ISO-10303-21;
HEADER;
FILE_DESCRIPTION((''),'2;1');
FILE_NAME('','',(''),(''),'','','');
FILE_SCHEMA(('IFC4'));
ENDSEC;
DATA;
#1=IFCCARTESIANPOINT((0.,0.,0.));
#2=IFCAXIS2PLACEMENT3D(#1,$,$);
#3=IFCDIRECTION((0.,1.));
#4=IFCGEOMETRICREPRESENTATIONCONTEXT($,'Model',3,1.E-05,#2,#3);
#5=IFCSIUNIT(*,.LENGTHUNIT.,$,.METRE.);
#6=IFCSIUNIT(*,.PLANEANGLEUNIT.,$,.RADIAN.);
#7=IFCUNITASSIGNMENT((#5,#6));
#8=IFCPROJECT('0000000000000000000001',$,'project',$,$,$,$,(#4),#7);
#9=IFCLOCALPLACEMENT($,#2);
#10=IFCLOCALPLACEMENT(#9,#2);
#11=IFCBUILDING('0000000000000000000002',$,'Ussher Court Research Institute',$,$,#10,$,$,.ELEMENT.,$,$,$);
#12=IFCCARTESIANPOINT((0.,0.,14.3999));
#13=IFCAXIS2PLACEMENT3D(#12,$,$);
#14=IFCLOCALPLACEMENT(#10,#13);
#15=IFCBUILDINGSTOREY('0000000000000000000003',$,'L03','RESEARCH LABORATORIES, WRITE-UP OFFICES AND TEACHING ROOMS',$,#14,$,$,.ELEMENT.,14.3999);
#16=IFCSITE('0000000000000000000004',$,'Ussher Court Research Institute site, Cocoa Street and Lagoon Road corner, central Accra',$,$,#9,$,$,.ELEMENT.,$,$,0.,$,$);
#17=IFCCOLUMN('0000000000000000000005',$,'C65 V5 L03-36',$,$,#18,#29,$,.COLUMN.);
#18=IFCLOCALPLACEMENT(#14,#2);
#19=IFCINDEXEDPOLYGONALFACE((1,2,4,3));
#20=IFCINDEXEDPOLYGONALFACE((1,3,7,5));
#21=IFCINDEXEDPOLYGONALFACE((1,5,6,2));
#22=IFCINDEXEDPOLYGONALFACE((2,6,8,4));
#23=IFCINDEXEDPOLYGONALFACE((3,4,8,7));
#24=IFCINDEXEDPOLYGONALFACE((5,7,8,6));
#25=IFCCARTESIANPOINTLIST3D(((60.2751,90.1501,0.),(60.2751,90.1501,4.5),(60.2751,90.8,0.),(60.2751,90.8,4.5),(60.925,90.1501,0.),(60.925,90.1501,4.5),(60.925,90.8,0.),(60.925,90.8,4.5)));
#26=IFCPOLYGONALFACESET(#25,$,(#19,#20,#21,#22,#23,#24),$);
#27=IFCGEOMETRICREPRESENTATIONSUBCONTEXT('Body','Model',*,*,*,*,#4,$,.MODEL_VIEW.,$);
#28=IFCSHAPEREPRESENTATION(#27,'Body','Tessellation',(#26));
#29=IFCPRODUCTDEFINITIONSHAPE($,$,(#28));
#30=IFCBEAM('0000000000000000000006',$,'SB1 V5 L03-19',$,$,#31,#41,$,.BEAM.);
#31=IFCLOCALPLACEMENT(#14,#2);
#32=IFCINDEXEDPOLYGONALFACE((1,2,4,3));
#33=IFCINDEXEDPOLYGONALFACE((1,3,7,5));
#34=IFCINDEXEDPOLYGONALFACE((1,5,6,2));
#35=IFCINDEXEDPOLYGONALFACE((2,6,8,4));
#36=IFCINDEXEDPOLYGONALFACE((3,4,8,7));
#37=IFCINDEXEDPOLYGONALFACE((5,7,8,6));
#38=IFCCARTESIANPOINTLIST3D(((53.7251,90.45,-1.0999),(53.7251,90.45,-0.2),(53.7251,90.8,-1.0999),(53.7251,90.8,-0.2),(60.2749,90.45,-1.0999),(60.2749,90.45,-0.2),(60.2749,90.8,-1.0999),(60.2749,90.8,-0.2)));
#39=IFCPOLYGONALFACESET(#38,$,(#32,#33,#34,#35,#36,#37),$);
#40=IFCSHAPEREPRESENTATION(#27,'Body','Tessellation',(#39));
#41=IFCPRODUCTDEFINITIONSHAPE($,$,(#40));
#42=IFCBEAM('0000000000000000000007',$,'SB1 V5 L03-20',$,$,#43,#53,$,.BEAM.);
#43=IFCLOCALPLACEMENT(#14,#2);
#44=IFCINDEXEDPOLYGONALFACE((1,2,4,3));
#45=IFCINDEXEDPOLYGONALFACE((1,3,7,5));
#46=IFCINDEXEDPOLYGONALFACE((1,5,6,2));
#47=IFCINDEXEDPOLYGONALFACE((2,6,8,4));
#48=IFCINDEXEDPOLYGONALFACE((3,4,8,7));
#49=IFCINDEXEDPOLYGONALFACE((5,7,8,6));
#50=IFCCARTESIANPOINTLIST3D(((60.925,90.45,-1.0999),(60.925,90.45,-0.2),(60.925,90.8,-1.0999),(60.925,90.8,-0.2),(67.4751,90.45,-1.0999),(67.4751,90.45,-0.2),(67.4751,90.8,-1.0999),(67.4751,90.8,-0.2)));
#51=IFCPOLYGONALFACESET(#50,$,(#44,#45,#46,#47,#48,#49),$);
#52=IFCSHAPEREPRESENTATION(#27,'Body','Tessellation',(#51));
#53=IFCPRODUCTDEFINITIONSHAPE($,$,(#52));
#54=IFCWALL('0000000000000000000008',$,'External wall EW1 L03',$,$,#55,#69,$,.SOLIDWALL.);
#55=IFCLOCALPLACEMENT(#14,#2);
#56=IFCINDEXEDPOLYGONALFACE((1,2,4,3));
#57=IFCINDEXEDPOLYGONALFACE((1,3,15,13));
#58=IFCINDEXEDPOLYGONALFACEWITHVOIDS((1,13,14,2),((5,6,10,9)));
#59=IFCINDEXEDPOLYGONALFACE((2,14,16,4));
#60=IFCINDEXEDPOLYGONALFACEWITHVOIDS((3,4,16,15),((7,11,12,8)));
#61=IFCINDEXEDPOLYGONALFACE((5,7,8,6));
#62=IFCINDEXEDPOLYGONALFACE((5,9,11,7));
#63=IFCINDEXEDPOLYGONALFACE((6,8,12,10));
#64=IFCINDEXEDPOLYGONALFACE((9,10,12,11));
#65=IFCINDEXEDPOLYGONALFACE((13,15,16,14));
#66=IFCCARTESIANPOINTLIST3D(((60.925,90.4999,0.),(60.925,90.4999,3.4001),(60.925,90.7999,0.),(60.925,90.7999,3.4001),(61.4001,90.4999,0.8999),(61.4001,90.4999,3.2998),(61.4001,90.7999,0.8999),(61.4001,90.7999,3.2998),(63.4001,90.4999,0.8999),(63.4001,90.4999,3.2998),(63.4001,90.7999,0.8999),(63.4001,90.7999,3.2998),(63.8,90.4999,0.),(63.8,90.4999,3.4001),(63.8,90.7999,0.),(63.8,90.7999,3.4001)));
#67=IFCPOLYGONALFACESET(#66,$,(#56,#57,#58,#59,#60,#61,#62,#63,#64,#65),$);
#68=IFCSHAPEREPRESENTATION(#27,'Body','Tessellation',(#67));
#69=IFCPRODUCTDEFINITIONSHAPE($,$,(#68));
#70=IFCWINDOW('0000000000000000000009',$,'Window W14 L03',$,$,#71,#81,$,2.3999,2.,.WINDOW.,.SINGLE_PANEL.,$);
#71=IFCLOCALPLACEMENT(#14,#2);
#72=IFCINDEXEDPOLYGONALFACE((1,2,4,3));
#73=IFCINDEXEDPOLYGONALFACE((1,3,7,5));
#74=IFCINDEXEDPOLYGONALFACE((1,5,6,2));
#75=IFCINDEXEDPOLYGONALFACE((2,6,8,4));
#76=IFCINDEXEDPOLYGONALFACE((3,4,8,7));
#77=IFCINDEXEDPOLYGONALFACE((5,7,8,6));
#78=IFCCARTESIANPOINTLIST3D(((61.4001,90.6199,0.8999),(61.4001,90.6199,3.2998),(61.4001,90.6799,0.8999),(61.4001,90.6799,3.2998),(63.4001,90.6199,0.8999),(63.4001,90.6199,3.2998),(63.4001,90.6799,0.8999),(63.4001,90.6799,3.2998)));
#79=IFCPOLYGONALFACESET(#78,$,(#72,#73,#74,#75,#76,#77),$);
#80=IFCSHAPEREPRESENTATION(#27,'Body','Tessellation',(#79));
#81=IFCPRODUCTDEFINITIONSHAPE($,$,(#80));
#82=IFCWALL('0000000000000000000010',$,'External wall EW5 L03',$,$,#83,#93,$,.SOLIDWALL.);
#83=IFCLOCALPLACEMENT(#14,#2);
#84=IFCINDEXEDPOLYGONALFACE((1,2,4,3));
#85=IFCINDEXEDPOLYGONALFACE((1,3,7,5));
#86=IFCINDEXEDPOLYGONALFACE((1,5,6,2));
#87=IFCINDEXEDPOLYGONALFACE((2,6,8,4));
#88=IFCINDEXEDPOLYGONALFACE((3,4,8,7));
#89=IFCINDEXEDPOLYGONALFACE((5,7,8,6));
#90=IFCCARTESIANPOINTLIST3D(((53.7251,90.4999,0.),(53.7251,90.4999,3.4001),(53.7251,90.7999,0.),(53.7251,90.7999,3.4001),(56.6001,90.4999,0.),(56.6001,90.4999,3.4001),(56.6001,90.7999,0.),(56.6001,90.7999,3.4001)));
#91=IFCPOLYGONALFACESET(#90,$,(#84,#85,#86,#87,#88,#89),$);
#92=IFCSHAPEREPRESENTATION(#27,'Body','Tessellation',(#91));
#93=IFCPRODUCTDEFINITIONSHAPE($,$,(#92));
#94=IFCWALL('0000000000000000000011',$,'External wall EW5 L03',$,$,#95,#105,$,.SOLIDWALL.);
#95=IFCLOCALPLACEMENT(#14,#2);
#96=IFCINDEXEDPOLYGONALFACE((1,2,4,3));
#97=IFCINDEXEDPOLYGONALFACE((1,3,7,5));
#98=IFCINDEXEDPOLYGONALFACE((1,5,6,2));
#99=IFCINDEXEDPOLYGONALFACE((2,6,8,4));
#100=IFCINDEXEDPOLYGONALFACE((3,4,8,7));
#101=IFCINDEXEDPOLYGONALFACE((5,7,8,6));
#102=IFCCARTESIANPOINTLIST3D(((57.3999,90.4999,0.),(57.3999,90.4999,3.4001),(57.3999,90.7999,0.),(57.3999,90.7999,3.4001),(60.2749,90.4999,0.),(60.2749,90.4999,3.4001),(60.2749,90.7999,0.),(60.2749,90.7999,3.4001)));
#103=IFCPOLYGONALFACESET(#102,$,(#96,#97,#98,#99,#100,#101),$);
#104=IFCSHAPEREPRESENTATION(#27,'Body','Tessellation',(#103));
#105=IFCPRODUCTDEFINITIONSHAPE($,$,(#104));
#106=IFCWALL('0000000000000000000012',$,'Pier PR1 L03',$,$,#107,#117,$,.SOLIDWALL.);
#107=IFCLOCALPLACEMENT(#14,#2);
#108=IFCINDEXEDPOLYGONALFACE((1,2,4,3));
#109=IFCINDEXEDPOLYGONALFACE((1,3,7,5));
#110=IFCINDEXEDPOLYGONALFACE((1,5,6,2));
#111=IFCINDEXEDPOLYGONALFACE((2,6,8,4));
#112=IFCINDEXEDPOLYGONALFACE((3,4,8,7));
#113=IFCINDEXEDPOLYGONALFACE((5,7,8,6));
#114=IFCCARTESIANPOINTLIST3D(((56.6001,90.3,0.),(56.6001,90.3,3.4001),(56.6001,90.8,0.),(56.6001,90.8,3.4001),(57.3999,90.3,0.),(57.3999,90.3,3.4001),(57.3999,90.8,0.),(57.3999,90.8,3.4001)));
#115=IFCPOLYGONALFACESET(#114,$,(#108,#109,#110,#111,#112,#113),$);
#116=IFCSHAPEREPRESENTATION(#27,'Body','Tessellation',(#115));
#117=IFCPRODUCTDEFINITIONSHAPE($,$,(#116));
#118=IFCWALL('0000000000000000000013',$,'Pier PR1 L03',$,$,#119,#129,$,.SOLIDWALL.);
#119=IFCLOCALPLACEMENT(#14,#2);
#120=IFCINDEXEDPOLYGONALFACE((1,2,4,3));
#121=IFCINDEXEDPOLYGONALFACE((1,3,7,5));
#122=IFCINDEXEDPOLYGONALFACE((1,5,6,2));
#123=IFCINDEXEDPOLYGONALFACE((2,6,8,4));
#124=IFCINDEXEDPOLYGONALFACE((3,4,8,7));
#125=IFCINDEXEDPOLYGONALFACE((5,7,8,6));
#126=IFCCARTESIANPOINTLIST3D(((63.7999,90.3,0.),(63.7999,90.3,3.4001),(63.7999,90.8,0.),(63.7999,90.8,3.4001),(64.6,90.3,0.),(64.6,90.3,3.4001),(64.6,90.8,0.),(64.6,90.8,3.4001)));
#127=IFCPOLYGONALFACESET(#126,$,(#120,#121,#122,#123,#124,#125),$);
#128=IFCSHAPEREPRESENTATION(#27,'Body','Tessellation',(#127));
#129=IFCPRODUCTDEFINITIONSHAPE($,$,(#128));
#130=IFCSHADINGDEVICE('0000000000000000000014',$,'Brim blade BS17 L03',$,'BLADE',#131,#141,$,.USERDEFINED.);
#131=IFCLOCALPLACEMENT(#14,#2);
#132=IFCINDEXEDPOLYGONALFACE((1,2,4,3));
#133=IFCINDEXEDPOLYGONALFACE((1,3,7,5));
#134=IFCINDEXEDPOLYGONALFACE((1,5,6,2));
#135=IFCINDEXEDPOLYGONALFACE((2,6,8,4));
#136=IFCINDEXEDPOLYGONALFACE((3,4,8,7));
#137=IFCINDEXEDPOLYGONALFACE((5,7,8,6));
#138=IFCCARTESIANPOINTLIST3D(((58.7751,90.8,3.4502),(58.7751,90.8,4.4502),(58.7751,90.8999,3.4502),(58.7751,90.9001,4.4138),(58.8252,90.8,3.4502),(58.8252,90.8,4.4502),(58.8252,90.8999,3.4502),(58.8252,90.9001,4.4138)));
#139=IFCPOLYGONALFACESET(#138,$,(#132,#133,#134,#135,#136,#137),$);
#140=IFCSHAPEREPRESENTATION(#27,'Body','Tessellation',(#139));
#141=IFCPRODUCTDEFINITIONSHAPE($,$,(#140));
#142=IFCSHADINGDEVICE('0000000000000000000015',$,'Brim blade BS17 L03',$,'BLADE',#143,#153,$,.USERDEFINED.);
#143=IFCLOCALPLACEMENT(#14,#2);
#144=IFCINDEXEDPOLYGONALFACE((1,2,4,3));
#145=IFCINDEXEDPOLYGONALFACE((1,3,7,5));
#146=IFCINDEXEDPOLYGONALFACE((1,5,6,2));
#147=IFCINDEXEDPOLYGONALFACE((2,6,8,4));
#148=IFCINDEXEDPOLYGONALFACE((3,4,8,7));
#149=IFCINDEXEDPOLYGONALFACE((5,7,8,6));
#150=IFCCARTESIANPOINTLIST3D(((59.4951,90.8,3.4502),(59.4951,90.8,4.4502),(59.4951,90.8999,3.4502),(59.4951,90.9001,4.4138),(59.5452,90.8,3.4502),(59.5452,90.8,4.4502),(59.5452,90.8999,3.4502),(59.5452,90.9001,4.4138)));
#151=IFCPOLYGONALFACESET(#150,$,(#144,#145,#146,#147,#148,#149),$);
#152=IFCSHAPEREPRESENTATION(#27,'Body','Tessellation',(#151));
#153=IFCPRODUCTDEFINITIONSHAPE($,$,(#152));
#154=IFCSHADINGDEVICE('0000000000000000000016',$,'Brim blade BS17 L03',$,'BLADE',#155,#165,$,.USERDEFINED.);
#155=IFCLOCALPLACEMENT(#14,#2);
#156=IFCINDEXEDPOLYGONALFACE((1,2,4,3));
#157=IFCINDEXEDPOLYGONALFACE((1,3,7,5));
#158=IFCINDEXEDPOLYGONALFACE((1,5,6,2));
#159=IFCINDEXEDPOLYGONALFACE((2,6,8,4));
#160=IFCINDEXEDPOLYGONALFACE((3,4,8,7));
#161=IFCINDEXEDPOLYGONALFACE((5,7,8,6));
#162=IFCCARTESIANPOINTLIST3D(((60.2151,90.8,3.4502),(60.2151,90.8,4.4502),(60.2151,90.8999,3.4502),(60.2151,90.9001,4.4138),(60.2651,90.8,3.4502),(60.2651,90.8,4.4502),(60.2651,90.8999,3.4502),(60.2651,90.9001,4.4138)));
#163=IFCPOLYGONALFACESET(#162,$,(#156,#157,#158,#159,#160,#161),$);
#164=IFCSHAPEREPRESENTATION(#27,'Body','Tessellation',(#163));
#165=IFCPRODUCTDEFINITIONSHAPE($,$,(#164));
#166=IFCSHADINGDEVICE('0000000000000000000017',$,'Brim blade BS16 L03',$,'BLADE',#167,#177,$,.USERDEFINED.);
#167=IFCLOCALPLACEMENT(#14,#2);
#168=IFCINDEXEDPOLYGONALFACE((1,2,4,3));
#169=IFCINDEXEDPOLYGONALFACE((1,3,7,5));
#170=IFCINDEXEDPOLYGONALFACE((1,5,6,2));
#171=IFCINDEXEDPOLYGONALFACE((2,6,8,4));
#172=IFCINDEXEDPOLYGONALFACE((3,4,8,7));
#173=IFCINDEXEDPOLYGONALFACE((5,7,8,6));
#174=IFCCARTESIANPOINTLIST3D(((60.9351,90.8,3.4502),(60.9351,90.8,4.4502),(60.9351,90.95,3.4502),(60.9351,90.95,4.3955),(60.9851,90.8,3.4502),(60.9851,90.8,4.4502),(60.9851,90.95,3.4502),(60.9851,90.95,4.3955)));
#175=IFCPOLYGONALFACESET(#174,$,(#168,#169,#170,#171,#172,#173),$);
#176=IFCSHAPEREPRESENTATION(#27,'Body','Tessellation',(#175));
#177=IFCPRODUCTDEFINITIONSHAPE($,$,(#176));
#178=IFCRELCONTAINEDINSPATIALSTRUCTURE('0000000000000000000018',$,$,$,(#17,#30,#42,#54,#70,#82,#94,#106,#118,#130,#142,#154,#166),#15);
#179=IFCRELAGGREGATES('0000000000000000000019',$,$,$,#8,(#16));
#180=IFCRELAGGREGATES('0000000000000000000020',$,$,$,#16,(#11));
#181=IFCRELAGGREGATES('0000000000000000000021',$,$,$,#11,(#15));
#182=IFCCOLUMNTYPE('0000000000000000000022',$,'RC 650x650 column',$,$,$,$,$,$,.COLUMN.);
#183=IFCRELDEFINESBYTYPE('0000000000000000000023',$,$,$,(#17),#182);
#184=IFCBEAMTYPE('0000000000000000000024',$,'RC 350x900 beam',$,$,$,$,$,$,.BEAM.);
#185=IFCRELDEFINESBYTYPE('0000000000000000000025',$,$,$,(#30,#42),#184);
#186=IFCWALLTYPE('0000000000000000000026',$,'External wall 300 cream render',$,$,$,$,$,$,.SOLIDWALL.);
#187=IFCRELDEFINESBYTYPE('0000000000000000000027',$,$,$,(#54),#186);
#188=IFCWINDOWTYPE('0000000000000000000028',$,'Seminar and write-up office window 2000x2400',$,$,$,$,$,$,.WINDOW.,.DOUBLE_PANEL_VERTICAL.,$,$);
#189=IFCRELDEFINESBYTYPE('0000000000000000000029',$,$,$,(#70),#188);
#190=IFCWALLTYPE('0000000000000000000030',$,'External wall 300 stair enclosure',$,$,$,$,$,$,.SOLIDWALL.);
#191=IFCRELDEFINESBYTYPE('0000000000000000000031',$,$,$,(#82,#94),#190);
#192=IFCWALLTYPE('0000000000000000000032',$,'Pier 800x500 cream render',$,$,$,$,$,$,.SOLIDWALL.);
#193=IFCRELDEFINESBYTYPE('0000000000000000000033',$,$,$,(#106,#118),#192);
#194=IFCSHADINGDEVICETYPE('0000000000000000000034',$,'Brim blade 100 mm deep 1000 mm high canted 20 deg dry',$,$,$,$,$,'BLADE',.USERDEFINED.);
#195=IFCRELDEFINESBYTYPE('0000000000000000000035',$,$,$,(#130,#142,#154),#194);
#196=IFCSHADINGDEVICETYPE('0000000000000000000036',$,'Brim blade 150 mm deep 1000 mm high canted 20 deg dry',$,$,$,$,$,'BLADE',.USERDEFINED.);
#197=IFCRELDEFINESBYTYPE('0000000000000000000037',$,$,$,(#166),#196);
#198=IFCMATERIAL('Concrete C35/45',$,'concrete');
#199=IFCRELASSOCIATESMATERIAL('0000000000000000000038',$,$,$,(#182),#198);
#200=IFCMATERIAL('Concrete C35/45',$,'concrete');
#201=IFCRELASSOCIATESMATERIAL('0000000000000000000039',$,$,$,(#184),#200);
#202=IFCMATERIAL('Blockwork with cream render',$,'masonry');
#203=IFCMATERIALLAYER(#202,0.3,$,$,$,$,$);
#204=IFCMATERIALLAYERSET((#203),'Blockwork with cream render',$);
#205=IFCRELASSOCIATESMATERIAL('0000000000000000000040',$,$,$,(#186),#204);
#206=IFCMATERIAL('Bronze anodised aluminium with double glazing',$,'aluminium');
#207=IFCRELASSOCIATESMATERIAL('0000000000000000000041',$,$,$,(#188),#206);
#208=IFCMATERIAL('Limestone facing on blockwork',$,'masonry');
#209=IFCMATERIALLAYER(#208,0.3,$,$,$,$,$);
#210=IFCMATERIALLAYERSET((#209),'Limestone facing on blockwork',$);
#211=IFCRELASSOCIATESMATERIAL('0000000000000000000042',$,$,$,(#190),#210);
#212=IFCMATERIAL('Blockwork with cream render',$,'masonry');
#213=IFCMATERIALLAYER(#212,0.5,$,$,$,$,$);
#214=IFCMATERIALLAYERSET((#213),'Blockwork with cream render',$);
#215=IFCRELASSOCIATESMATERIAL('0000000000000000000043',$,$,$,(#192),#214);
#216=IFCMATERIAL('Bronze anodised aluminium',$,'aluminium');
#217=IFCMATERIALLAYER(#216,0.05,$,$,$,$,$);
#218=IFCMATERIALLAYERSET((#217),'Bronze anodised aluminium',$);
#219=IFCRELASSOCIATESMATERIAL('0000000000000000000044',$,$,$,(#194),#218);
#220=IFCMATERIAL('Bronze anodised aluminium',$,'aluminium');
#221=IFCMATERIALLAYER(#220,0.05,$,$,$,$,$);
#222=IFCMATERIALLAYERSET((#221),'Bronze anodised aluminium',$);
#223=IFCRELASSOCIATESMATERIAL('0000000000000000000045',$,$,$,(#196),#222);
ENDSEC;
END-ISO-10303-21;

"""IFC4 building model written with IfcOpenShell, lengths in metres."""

from ifc_helpers import new_model, si_unit, direction, frame, frame_2d, origin, origin_2d, place, context, subcontext, project, spatial, polyline, rectangle, outline, extrude, material, layer, layer_set, material_profile, profile_set, type_object, element, fill, save


model = new_model("IFC4")

# Units and contexts
model_context = context("Model", 3, precision=1e-05, world=origin(), true_north=direction((0.0, 1.0)))
body_context = subcontext(model_context, "Body", "Model", "MODEL_VIEW")
ifc_project = project(units=[si_unit("LENGTHUNIT", "METRE"), si_unit("PLANEANGLEUNIT", "RADIAN")], contexts=[model_context])

# Site, building, storey
site_placement = place(None, origin())
site = spatial("IfcSite", under=ifc_project, at=site_placement, Name="Ussher Court Research Institute site, Cocoa Street and Lagoon Road corner, central Accra", CompositionType="ELEMENT", RefElevation=0.0)
building_placement = place(site_placement, origin())
building = spatial("IfcBuilding", under=site, at=building_placement, Name="Ussher Court Research Institute", CompositionType="ELEMENT")
storey_placement = place(building_placement, frame((0.0, 0.0, 14.3999)))
storey = spatial("IfcBuildingStorey", under=building, at=storey_placement, Name="L03", Description="RESEARCH LABORATORIES, WRITE-UP OFFICES AND TEACHING ROOMS", CompositionType="ELEMENT", Elevation=14.3999)

# Column
ifc_material_1 = material(Name="Concrete C35/45", Category="concrete")
ifc_material_profile_1 = material_profile(ifc_material_1, rectangle(XDim=0.6499, YDim=0.6499, at=origin_2d()), Name="RC 650x650")
ifc_profile_set_1 = profile_set([ifc_material_profile_1], Name="Concrete C35/45")
column_type = type_object("IfcColumnType", Name="RC 650x650 column", PredefinedType="COLUMN", material=ifc_profile_set_1)
column_placement = place(storey_placement, frame((60.6001, 90.4751, 0.0), z_axis=(0.0, 0.0, 1.0), x_axis=(1.0, 0.0, 0.0)))
element("IfcColumn", 1, at=column_placement, inside=storey, type_object=column_type, Name="C65 V5 L03-36", PredefinedType="COLUMN", context=body_context, shape_type="SweptSolid", body=[
    extrude(rectangle(XDim=0.6499, YDim=0.6499, at=origin_2d()), origin(), (0.0, 0.0, 1.0), 4.5),
])

# Beams
ifc_material_2 = material(Name="Concrete C35/45", Category="concrete")
ifc_material_profile_2 = material_profile(ifc_material_2, rectangle(XDim=0.3501, YDim=0.8999, at=origin_2d()), Name="RC 350x900")
ifc_profile_set_2 = profile_set([ifc_material_profile_2], Name="Concrete C35/45")
beam_type = type_object("IfcBeamType", Name="RC 350x900 beam", PredefinedType="BEAM", material=ifc_profile_set_2)
beam_1_placement = place(storey_placement, frame((53.7251, 90.625, -0.6499), z_axis=(1.0, 0.0, 0.0), x_axis=(0.0, 1.0, 0.0)))
element("IfcBeam", 2, at=beam_1_placement, inside=storey, type_object=beam_type, Name="SB1 V5 L03-19", PredefinedType="BEAM", context=body_context, shape_type="SweptSolid", body=[
    extrude(rectangle(XDim=0.3501, YDim=0.8999, at=origin_2d()), origin(), (0.0, 0.0, 1.0), 6.5498),
])
beam_2_placement = place(storey_placement, frame((60.925, 90.625, -0.6499), z_axis=(1.0, 0.0, 0.0), x_axis=(0.0, 1.0, 0.0)))
element("IfcBeam", 3, at=beam_2_placement, inside=storey, type_object=beam_type, Name="SB1 V5 L03-20", PredefinedType="BEAM", context=body_context, shape_type="SweptSolid", body=[
    extrude(rectangle(XDim=0.3501, YDim=0.8999, at=origin_2d()), origin(), (0.0, 0.0, 1.0), 6.55),
])

# Wall, opening, window
ifc_material_3 = material(Name="Blockwork with cream render", Category="masonry")
ifc_layer_1 = layer(ifc_material_3, 0.3)
ifc_layer_set_1 = layer_set([ifc_layer_1], Name="Blockwork with cream render")
wall_type_1 = type_object("IfcWallType", Name="External wall 300 cream render", PredefinedType="SOLIDWALL", material=ifc_layer_set_1)
wall_1_placement = place(storey_placement, frame((60.925, 90.6499, 0.0), z_axis=(0.0, 0.0, 1.0), x_axis=(1.0, 0.0, 0.0)))
wall_1 = element("IfcWall", 4, at=wall_1_placement, inside=storey, type_object=wall_type_1, Name="External wall EW1 L03", PredefinedType="SOLIDWALL", context=body_context, shape_type="SweptSolid", body=[
    extrude(rectangle(XDim=2.875, YDim=0.3, at=frame_2d((1.4375, 0.0))), origin(), (0.0, 0.0, 1.0), 3.4001),
])
opening_placement = place(wall_1_placement, frame((0.4751, 0.0, 0.8999)))
opening = element("IfcOpeningElement", 5, at=opening_placement, cuts=wall_1, PredefinedType="OPENING", context=body_context, shape_type="SweptSolid", body=[
    extrude(rectangle(XDim=2.0, YDim=2.3999, at=frame_2d((1.0, 1.2))), frame((0.0, 0.1602, 0.0), z_axis=(0.0, -1.0, 0.0), x_axis=(1.0, 0.0, 0.0)), (0.0, 0.0, 1.0), 0.3201),
])
ifc_material_4 = material(Name="Bronze anodised aluminium with double glazing", Category="aluminium")
window_type = type_object("IfcWindowType", Name="Seminar and write-up office window 2000x2400", PartitioningType="DOUBLE_PANEL_VERTICAL", PredefinedType="WINDOW", material=ifc_material_4)
window_placement = place(opening_placement, origin())
window = element("IfcWindow", 6, at=window_placement, inside=storey, type_object=window_type, Name="Window W14 L03", OverallHeight=2.3999, OverallWidth=2.0, PartitioningType="SINGLE_PANEL", PredefinedType="WINDOW", context=body_context, shape_type="SweptSolid", body=[
    extrude(rectangle(XDim=2.0, YDim=2.3999, at=frame_2d((1.0, 1.2))), frame((0.0, 0.03, 0.0), z_axis=(0.0, -1.0, 0.0), x_axis=(1.0, 0.0, 0.0)), (0.0, 0.0, 1.0), 0.0601),
])
fill(opening, window)

# Walls
ifc_material_5 = material(Name="Limestone facing on blockwork", Category="masonry")
ifc_layer_2 = layer(ifc_material_5, 0.3)
ifc_layer_set_2 = layer_set([ifc_layer_2], Name="Limestone facing on blockwork")
wall_type_2 = type_object("IfcWallType", Name="External wall 300 stair enclosure", PredefinedType="SOLIDWALL", material=ifc_layer_set_2)
for number, where, z_axis, x_axis, name in (
    (7, (53.7251, 90.6499, 0.0), (0.0, 0.0, 1.0), (1.0, 0.0, 0.0), "External wall EW5 L03"),
    (8, (57.3999, 90.6499, 0.0), (0.0, 0.0, 1.0), (1.0, 0.0, 0.0), "External wall EW5 L03"),
):
    element("IfcWall", number, at=place(storey_placement, frame(where, z_axis=z_axis, x_axis=x_axis)), inside=storey, type_object=wall_type_2, Name=name, PredefinedType="SOLIDWALL", context=body_context, shape_type="SweptSolid", body=[
        extrude(rectangle(XDim=2.875, YDim=0.3, at=frame_2d((1.4375, 0.0))), origin(), (0.0, 0.0, 1.0), 3.4001),
    ])
ifc_material_6 = material(Name="Blockwork with cream render", Category="masonry")
ifc_layer_3 = layer(ifc_material_6, 0.5)
ifc_layer_set_3 = layer_set([ifc_layer_3], Name="Blockwork with cream render")
wall_type_3 = type_object("IfcWallType", Name="Pier 800x500 cream render", PredefinedType="SOLIDWALL", material=ifc_layer_set_3)
wall_2_placement = place(storey_placement, frame((56.6001, 90.55, 0.0), z_axis=(0.0, 0.0, 1.0), x_axis=(1.0, 0.0, 0.0)))
element("IfcWall", 9, at=wall_2_placement, inside=storey, type_object=wall_type_3, Name="Pier PR1 L03", PredefinedType="SOLIDWALL", context=body_context, shape_type="SweptSolid", body=[
    extrude(rectangle(XDim=0.7998, YDim=0.5, at=frame_2d((0.3999, 0.0))), origin(), (0.0, 0.0, 1.0), 3.4001),
])
wall_3_placement = place(storey_placement, frame((63.8, 90.55, 0.0), z_axis=(0.0, 0.0, 1.0), x_axis=(1.0, 0.0, 0.0)))
element("IfcWall", 10, at=wall_3_placement, inside=storey, type_object=wall_type_3, Name="Pier PR1 L03", PredefinedType="SOLIDWALL", context=body_context, shape_type="SweptSolid", body=[
    extrude(rectangle(XDim=0.8, YDim=0.5, at=frame_2d((0.3999, 0.0))), origin(), (0.0, 0.0, 1.0), 3.4001),
])

# Shading devices
ifc_material_7 = material(Name="Bronze anodised aluminium", Category="aluminium")
ifc_layer_4 = layer(ifc_material_7, 0.05)
ifc_layer_set_4 = layer_set([ifc_layer_4], Name="Bronze anodised aluminium")
shading_device_type_1 = type_object("IfcShadingDeviceType", Name="Brim blade 100 mm deep 1000 mm high canted 20 deg dry", ElementType="BLADE", PredefinedType="USERDEFINED", material=ifc_layer_set_4)
for number, where, z_axis, x_axis, name in (
    (11, (58.8, 90.8, 3.4502), (0.0, 0.0, 1.0), (0.0, 1.0, 0.0), "Brim blade BS17 L03"),
    (12, (59.52, 90.8, 3.4502), (0.0, 0.0, 1.0), (0.0, 1.0, 0.0), "Brim blade BS17 L03"),
    (13, (60.24, 90.8, 3.4502), (0.0, 0.0, 1.0), (0.0, 1.0, 0.0), "Brim blade BS17 L03"),
):
    element("IfcShadingDevice", number, at=place(storey_placement, frame(where, z_axis=z_axis, x_axis=x_axis)), inside=storey, type_object=shading_device_type_1, Name=name, ObjectType="BLADE", PredefinedType="USERDEFINED", context=body_context, shape_type="SweptSolid", body=[
        extrude(outline(polyline([(0.0, 0.0), (0.0999, 0.0), (0.1001, 0.9636), (0.0, 1.0), (0.0, 0.0)])), frame((0.0, 0.0249, 0.0), z_axis=(0.0, -1.0, 0.0), x_axis=(1.0, 0.0, 0.0)), (0.0, 0.0, 1.0), 0.05),
    ])
ifc_material_8 = material(Name="Bronze anodised aluminium", Category="aluminium")
ifc_layer_5 = layer(ifc_material_8, 0.05)
ifc_layer_set_5 = layer_set([ifc_layer_5], Name="Bronze anodised aluminium")
shading_device_type_2 = type_object("IfcShadingDeviceType", Name="Brim blade 150 mm deep 1000 mm high canted 20 deg dry", ElementType="BLADE", PredefinedType="USERDEFINED", material=ifc_layer_set_5)
shading_device_1_placement = place(storey_placement, frame((60.96, 90.8, 3.4502), z_axis=(0.0, 0.0, 1.0), x_axis=(0.0, 1.0, 0.0)))
element("IfcShadingDevice", 14, at=shading_device_1_placement, inside=storey, type_object=shading_device_type_2, Name="Brim blade BS16 L03", ObjectType="BLADE", PredefinedType="USERDEFINED", context=body_context, shape_type="SweptSolid", body=[
    extrude(outline(polyline([(0.0, 0.0), (0.1499, 0.0), (0.1499, 0.9453), (0.0, 1.0), (0.0, 0.0)])), frame((0.0, 0.0249, 0.0), z_axis=(0.0, -1.0, 0.0), x_axis=(1.0, 0.0, 0.0)), (0.0, 0.0, 1.0), 0.05),
])

save(model, "model.ifc")
